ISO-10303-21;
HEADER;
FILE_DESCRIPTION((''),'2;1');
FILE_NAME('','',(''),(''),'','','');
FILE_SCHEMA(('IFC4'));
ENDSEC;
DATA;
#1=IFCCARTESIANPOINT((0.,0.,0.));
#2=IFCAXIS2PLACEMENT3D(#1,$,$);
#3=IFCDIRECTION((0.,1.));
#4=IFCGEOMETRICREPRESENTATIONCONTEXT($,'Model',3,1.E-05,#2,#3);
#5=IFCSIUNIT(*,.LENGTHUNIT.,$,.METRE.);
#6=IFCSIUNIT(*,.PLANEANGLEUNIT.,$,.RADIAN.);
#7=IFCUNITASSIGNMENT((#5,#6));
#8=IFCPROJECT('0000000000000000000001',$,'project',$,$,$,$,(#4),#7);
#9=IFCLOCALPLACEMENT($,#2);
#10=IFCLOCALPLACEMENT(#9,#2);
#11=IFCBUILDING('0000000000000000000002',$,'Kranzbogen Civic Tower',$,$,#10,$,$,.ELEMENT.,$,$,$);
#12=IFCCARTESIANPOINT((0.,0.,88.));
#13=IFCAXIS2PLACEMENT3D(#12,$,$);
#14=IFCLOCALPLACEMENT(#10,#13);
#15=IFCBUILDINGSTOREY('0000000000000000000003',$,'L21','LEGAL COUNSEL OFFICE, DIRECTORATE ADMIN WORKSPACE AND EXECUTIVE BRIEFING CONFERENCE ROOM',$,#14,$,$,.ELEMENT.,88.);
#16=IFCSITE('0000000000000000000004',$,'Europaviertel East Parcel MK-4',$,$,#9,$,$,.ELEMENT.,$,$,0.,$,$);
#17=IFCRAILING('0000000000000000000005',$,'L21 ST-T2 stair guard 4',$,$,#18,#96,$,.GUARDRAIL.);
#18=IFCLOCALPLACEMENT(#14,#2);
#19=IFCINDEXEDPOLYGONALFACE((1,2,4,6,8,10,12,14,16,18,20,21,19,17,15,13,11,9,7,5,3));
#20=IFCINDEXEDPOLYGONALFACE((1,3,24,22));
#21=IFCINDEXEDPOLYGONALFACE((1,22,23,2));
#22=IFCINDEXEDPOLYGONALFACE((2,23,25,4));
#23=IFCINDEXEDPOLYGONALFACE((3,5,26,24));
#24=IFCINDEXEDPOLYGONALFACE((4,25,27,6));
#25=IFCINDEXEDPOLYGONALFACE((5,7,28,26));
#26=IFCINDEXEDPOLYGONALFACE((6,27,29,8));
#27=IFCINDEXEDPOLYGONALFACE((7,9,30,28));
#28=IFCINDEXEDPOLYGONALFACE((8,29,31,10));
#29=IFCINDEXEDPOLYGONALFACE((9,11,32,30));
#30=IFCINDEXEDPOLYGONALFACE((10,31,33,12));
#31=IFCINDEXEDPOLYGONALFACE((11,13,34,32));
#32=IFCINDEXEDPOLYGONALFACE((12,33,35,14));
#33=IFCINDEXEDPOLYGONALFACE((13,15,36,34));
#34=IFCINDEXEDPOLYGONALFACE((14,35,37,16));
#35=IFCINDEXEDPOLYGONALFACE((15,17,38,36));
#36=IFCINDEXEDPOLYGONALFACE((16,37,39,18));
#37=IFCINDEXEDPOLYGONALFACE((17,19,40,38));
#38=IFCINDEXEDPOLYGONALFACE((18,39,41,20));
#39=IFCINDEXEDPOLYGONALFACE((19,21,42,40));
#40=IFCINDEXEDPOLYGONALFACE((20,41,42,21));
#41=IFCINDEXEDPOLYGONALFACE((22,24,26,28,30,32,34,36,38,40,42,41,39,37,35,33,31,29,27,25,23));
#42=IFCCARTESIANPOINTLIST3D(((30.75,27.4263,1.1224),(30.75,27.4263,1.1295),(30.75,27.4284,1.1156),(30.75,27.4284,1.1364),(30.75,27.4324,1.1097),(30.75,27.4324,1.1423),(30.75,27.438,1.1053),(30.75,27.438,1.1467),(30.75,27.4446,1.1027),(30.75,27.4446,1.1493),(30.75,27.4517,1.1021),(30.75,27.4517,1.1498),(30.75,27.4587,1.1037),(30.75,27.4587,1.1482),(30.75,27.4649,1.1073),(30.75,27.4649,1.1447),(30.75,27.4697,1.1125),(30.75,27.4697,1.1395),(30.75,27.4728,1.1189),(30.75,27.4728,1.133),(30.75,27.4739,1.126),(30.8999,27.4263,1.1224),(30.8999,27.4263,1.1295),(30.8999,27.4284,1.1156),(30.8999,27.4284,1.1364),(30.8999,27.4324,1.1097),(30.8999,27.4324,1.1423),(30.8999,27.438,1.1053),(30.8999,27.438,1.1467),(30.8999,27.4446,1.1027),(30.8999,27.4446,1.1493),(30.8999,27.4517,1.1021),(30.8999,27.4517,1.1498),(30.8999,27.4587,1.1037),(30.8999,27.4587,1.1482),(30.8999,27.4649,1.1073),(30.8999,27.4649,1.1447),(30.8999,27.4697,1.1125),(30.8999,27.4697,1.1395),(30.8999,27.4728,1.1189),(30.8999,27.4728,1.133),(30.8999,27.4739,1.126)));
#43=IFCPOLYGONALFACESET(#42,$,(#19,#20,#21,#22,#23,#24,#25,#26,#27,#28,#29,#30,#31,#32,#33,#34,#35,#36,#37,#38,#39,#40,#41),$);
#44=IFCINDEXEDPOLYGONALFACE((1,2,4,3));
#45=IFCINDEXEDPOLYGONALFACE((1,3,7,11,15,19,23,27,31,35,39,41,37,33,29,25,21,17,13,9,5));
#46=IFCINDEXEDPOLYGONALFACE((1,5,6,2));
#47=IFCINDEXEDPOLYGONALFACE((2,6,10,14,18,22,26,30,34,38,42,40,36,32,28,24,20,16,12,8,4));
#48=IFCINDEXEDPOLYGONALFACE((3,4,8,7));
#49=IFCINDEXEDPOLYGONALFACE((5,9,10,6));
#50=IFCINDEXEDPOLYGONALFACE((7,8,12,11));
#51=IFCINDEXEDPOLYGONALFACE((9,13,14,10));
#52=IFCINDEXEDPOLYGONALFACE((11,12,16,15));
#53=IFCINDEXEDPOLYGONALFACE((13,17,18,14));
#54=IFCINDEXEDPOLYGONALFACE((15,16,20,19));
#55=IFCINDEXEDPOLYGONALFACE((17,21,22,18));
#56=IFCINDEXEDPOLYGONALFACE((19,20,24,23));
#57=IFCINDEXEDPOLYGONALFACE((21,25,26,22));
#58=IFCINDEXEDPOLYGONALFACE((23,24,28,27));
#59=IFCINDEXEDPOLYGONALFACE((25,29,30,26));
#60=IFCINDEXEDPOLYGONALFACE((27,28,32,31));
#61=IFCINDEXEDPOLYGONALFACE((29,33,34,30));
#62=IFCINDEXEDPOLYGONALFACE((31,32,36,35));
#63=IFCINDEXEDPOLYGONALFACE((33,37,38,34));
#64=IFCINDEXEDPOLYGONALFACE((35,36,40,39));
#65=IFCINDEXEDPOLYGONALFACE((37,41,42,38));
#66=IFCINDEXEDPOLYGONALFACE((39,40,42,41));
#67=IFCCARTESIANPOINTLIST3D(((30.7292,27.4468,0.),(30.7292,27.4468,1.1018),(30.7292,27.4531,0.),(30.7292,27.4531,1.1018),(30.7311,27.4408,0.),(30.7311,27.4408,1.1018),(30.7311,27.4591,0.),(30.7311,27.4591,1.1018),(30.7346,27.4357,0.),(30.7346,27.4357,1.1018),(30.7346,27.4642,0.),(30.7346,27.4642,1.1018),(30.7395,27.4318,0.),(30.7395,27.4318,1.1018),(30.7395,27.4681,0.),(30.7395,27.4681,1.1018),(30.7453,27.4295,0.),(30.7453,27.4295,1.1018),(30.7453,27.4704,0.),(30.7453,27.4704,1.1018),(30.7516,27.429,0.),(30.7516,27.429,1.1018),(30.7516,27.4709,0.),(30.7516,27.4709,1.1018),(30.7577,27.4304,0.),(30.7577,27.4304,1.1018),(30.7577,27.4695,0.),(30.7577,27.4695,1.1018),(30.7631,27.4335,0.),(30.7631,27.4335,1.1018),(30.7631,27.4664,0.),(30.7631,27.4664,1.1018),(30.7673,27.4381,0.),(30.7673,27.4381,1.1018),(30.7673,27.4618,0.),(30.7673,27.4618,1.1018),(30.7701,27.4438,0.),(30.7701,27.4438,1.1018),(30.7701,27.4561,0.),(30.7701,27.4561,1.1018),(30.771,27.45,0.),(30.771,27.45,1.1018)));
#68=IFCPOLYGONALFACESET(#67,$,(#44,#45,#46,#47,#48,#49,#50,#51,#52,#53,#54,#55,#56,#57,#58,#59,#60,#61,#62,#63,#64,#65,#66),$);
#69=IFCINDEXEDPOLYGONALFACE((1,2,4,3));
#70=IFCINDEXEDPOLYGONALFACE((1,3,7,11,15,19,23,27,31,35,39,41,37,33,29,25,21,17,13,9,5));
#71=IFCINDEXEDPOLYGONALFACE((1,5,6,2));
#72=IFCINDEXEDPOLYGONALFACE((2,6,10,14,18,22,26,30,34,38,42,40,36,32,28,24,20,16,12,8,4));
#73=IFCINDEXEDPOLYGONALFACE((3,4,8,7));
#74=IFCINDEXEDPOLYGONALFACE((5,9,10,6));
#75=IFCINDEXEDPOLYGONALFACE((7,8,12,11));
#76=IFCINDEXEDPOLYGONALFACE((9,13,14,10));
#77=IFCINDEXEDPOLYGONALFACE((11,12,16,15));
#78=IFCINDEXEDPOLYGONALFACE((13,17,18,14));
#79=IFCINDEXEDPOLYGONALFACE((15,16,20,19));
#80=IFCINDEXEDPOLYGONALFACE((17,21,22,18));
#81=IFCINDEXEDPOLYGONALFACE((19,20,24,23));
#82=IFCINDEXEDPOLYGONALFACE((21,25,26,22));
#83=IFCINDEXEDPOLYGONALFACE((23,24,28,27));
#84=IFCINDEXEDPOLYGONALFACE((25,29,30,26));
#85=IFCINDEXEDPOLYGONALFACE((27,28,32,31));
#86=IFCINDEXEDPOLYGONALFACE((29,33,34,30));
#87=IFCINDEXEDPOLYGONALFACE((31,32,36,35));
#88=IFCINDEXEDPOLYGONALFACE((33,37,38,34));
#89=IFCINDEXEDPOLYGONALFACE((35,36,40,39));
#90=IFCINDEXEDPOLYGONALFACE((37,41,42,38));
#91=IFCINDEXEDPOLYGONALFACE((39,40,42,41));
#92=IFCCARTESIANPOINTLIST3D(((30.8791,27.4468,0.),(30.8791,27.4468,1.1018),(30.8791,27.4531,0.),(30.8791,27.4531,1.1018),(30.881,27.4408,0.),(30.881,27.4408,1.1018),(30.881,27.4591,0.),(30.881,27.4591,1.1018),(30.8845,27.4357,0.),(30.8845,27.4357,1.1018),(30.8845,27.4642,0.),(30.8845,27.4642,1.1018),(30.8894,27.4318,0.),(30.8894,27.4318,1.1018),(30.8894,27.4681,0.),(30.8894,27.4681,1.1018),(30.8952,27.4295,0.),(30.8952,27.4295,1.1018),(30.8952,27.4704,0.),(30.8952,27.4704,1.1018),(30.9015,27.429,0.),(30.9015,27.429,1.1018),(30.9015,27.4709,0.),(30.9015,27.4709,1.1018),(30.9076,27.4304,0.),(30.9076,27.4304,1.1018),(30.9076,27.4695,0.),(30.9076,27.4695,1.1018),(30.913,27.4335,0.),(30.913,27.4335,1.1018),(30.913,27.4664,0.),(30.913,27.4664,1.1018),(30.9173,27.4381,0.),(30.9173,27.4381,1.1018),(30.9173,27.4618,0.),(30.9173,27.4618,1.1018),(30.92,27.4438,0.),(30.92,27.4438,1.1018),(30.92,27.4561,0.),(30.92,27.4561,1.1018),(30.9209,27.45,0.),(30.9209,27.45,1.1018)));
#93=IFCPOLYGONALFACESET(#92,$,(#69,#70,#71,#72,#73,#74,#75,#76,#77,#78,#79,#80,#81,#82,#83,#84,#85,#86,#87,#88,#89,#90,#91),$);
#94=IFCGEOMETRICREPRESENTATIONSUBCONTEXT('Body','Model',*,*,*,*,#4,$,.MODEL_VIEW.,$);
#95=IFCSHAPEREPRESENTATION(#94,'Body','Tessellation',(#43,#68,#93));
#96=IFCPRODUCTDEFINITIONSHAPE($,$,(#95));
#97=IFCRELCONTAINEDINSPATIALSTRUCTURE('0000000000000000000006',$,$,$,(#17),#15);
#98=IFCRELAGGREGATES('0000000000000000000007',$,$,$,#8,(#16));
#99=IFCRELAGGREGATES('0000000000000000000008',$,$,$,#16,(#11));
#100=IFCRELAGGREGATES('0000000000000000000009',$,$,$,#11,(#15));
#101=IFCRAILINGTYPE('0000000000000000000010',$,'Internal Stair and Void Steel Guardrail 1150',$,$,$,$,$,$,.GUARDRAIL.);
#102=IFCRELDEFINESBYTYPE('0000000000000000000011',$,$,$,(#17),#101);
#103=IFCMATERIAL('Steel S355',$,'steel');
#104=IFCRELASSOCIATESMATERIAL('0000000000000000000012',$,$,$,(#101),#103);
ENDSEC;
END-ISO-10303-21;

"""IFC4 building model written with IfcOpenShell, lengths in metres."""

from ifc_helpers import new_model, si_unit, direction, frame, origin, origin_2d, place, context, subcontext, project, spatial, circle, extrude, material, type_object, element, save


model = new_model("IFC4")

# Units and contexts
model_context = context("Model", 3, precision=1e-05, world=origin(), true_north=direction((0.0, 1.0)))
body_context = subcontext(model_context, "Body", "Model", "MODEL_VIEW")
ifc_project = project(units=[si_unit("LENGTHUNIT", "METRE"), si_unit("PLANEANGLEUNIT", "RADIAN")], contexts=[model_context])

# Site, building, storey
site_placement = place(None, origin())
site = spatial("IfcSite", under=ifc_project, at=site_placement, Name="Europaviertel East Parcel MK-4", CompositionType="ELEMENT", RefElevation=0.0)
building_placement = place(site_placement, origin())
building = spatial("IfcBuilding", under=site, at=building_placement, Name="Kranzbogen Civic Tower", CompositionType="ELEMENT")
storey_placement = place(building_placement, frame((0.0, 0.0, 88.0)))
storey = spatial("IfcBuildingStorey", under=building, at=storey_placement, Name="L21", Description="LEGAL COUNSEL OFFICE, DIRECTORATE ADMIN WORKSPACE AND EXECUTIVE BRIEFING CONFERENCE ROOM", CompositionType="ELEMENT", Elevation=88.0)

# Shared definitions
ifc_material_1 = material(Name="Steel S355", Category="steel")

# Railing
railing_type_1 = type_object("IfcRailingType", Name="Internal Stair and Void Steel Guardrail 1150", PredefinedType="GUARDRAIL", material=ifc_material_1)
railing_1_placement = place(storey_placement, frame((30.75, 27.45, 0.0)))
element("IfcRailing", 1, at=railing_1_placement, inside=storey, type_object=railing_type_1, Name="L21 ST-T2 stair guard 4", PredefinedType="GUARDRAIL", context=body_context, shape_type="SweptSolid", body=[
    extrude(circle(Radius=0.0239, at=origin_2d()), frame((0.0, 0.0, 1.126), z_axis=(1.0, 0.0, 0.0), x_axis=(0.0, 1.0, 0.0)), (0.0, 0.0, 1.0), 0.1499),
    extrude(circle(Radius=0.021, at=origin_2d()), origin(), (0.0, 0.0, 1.0), 1.1018),
    extrude(circle(Radius=0.021, at=origin_2d()), frame((0.1499, 0.0, 0.0)), (0.0, 0.0, 1.0), 1.1018),
])

save(model, "model.ifc")
